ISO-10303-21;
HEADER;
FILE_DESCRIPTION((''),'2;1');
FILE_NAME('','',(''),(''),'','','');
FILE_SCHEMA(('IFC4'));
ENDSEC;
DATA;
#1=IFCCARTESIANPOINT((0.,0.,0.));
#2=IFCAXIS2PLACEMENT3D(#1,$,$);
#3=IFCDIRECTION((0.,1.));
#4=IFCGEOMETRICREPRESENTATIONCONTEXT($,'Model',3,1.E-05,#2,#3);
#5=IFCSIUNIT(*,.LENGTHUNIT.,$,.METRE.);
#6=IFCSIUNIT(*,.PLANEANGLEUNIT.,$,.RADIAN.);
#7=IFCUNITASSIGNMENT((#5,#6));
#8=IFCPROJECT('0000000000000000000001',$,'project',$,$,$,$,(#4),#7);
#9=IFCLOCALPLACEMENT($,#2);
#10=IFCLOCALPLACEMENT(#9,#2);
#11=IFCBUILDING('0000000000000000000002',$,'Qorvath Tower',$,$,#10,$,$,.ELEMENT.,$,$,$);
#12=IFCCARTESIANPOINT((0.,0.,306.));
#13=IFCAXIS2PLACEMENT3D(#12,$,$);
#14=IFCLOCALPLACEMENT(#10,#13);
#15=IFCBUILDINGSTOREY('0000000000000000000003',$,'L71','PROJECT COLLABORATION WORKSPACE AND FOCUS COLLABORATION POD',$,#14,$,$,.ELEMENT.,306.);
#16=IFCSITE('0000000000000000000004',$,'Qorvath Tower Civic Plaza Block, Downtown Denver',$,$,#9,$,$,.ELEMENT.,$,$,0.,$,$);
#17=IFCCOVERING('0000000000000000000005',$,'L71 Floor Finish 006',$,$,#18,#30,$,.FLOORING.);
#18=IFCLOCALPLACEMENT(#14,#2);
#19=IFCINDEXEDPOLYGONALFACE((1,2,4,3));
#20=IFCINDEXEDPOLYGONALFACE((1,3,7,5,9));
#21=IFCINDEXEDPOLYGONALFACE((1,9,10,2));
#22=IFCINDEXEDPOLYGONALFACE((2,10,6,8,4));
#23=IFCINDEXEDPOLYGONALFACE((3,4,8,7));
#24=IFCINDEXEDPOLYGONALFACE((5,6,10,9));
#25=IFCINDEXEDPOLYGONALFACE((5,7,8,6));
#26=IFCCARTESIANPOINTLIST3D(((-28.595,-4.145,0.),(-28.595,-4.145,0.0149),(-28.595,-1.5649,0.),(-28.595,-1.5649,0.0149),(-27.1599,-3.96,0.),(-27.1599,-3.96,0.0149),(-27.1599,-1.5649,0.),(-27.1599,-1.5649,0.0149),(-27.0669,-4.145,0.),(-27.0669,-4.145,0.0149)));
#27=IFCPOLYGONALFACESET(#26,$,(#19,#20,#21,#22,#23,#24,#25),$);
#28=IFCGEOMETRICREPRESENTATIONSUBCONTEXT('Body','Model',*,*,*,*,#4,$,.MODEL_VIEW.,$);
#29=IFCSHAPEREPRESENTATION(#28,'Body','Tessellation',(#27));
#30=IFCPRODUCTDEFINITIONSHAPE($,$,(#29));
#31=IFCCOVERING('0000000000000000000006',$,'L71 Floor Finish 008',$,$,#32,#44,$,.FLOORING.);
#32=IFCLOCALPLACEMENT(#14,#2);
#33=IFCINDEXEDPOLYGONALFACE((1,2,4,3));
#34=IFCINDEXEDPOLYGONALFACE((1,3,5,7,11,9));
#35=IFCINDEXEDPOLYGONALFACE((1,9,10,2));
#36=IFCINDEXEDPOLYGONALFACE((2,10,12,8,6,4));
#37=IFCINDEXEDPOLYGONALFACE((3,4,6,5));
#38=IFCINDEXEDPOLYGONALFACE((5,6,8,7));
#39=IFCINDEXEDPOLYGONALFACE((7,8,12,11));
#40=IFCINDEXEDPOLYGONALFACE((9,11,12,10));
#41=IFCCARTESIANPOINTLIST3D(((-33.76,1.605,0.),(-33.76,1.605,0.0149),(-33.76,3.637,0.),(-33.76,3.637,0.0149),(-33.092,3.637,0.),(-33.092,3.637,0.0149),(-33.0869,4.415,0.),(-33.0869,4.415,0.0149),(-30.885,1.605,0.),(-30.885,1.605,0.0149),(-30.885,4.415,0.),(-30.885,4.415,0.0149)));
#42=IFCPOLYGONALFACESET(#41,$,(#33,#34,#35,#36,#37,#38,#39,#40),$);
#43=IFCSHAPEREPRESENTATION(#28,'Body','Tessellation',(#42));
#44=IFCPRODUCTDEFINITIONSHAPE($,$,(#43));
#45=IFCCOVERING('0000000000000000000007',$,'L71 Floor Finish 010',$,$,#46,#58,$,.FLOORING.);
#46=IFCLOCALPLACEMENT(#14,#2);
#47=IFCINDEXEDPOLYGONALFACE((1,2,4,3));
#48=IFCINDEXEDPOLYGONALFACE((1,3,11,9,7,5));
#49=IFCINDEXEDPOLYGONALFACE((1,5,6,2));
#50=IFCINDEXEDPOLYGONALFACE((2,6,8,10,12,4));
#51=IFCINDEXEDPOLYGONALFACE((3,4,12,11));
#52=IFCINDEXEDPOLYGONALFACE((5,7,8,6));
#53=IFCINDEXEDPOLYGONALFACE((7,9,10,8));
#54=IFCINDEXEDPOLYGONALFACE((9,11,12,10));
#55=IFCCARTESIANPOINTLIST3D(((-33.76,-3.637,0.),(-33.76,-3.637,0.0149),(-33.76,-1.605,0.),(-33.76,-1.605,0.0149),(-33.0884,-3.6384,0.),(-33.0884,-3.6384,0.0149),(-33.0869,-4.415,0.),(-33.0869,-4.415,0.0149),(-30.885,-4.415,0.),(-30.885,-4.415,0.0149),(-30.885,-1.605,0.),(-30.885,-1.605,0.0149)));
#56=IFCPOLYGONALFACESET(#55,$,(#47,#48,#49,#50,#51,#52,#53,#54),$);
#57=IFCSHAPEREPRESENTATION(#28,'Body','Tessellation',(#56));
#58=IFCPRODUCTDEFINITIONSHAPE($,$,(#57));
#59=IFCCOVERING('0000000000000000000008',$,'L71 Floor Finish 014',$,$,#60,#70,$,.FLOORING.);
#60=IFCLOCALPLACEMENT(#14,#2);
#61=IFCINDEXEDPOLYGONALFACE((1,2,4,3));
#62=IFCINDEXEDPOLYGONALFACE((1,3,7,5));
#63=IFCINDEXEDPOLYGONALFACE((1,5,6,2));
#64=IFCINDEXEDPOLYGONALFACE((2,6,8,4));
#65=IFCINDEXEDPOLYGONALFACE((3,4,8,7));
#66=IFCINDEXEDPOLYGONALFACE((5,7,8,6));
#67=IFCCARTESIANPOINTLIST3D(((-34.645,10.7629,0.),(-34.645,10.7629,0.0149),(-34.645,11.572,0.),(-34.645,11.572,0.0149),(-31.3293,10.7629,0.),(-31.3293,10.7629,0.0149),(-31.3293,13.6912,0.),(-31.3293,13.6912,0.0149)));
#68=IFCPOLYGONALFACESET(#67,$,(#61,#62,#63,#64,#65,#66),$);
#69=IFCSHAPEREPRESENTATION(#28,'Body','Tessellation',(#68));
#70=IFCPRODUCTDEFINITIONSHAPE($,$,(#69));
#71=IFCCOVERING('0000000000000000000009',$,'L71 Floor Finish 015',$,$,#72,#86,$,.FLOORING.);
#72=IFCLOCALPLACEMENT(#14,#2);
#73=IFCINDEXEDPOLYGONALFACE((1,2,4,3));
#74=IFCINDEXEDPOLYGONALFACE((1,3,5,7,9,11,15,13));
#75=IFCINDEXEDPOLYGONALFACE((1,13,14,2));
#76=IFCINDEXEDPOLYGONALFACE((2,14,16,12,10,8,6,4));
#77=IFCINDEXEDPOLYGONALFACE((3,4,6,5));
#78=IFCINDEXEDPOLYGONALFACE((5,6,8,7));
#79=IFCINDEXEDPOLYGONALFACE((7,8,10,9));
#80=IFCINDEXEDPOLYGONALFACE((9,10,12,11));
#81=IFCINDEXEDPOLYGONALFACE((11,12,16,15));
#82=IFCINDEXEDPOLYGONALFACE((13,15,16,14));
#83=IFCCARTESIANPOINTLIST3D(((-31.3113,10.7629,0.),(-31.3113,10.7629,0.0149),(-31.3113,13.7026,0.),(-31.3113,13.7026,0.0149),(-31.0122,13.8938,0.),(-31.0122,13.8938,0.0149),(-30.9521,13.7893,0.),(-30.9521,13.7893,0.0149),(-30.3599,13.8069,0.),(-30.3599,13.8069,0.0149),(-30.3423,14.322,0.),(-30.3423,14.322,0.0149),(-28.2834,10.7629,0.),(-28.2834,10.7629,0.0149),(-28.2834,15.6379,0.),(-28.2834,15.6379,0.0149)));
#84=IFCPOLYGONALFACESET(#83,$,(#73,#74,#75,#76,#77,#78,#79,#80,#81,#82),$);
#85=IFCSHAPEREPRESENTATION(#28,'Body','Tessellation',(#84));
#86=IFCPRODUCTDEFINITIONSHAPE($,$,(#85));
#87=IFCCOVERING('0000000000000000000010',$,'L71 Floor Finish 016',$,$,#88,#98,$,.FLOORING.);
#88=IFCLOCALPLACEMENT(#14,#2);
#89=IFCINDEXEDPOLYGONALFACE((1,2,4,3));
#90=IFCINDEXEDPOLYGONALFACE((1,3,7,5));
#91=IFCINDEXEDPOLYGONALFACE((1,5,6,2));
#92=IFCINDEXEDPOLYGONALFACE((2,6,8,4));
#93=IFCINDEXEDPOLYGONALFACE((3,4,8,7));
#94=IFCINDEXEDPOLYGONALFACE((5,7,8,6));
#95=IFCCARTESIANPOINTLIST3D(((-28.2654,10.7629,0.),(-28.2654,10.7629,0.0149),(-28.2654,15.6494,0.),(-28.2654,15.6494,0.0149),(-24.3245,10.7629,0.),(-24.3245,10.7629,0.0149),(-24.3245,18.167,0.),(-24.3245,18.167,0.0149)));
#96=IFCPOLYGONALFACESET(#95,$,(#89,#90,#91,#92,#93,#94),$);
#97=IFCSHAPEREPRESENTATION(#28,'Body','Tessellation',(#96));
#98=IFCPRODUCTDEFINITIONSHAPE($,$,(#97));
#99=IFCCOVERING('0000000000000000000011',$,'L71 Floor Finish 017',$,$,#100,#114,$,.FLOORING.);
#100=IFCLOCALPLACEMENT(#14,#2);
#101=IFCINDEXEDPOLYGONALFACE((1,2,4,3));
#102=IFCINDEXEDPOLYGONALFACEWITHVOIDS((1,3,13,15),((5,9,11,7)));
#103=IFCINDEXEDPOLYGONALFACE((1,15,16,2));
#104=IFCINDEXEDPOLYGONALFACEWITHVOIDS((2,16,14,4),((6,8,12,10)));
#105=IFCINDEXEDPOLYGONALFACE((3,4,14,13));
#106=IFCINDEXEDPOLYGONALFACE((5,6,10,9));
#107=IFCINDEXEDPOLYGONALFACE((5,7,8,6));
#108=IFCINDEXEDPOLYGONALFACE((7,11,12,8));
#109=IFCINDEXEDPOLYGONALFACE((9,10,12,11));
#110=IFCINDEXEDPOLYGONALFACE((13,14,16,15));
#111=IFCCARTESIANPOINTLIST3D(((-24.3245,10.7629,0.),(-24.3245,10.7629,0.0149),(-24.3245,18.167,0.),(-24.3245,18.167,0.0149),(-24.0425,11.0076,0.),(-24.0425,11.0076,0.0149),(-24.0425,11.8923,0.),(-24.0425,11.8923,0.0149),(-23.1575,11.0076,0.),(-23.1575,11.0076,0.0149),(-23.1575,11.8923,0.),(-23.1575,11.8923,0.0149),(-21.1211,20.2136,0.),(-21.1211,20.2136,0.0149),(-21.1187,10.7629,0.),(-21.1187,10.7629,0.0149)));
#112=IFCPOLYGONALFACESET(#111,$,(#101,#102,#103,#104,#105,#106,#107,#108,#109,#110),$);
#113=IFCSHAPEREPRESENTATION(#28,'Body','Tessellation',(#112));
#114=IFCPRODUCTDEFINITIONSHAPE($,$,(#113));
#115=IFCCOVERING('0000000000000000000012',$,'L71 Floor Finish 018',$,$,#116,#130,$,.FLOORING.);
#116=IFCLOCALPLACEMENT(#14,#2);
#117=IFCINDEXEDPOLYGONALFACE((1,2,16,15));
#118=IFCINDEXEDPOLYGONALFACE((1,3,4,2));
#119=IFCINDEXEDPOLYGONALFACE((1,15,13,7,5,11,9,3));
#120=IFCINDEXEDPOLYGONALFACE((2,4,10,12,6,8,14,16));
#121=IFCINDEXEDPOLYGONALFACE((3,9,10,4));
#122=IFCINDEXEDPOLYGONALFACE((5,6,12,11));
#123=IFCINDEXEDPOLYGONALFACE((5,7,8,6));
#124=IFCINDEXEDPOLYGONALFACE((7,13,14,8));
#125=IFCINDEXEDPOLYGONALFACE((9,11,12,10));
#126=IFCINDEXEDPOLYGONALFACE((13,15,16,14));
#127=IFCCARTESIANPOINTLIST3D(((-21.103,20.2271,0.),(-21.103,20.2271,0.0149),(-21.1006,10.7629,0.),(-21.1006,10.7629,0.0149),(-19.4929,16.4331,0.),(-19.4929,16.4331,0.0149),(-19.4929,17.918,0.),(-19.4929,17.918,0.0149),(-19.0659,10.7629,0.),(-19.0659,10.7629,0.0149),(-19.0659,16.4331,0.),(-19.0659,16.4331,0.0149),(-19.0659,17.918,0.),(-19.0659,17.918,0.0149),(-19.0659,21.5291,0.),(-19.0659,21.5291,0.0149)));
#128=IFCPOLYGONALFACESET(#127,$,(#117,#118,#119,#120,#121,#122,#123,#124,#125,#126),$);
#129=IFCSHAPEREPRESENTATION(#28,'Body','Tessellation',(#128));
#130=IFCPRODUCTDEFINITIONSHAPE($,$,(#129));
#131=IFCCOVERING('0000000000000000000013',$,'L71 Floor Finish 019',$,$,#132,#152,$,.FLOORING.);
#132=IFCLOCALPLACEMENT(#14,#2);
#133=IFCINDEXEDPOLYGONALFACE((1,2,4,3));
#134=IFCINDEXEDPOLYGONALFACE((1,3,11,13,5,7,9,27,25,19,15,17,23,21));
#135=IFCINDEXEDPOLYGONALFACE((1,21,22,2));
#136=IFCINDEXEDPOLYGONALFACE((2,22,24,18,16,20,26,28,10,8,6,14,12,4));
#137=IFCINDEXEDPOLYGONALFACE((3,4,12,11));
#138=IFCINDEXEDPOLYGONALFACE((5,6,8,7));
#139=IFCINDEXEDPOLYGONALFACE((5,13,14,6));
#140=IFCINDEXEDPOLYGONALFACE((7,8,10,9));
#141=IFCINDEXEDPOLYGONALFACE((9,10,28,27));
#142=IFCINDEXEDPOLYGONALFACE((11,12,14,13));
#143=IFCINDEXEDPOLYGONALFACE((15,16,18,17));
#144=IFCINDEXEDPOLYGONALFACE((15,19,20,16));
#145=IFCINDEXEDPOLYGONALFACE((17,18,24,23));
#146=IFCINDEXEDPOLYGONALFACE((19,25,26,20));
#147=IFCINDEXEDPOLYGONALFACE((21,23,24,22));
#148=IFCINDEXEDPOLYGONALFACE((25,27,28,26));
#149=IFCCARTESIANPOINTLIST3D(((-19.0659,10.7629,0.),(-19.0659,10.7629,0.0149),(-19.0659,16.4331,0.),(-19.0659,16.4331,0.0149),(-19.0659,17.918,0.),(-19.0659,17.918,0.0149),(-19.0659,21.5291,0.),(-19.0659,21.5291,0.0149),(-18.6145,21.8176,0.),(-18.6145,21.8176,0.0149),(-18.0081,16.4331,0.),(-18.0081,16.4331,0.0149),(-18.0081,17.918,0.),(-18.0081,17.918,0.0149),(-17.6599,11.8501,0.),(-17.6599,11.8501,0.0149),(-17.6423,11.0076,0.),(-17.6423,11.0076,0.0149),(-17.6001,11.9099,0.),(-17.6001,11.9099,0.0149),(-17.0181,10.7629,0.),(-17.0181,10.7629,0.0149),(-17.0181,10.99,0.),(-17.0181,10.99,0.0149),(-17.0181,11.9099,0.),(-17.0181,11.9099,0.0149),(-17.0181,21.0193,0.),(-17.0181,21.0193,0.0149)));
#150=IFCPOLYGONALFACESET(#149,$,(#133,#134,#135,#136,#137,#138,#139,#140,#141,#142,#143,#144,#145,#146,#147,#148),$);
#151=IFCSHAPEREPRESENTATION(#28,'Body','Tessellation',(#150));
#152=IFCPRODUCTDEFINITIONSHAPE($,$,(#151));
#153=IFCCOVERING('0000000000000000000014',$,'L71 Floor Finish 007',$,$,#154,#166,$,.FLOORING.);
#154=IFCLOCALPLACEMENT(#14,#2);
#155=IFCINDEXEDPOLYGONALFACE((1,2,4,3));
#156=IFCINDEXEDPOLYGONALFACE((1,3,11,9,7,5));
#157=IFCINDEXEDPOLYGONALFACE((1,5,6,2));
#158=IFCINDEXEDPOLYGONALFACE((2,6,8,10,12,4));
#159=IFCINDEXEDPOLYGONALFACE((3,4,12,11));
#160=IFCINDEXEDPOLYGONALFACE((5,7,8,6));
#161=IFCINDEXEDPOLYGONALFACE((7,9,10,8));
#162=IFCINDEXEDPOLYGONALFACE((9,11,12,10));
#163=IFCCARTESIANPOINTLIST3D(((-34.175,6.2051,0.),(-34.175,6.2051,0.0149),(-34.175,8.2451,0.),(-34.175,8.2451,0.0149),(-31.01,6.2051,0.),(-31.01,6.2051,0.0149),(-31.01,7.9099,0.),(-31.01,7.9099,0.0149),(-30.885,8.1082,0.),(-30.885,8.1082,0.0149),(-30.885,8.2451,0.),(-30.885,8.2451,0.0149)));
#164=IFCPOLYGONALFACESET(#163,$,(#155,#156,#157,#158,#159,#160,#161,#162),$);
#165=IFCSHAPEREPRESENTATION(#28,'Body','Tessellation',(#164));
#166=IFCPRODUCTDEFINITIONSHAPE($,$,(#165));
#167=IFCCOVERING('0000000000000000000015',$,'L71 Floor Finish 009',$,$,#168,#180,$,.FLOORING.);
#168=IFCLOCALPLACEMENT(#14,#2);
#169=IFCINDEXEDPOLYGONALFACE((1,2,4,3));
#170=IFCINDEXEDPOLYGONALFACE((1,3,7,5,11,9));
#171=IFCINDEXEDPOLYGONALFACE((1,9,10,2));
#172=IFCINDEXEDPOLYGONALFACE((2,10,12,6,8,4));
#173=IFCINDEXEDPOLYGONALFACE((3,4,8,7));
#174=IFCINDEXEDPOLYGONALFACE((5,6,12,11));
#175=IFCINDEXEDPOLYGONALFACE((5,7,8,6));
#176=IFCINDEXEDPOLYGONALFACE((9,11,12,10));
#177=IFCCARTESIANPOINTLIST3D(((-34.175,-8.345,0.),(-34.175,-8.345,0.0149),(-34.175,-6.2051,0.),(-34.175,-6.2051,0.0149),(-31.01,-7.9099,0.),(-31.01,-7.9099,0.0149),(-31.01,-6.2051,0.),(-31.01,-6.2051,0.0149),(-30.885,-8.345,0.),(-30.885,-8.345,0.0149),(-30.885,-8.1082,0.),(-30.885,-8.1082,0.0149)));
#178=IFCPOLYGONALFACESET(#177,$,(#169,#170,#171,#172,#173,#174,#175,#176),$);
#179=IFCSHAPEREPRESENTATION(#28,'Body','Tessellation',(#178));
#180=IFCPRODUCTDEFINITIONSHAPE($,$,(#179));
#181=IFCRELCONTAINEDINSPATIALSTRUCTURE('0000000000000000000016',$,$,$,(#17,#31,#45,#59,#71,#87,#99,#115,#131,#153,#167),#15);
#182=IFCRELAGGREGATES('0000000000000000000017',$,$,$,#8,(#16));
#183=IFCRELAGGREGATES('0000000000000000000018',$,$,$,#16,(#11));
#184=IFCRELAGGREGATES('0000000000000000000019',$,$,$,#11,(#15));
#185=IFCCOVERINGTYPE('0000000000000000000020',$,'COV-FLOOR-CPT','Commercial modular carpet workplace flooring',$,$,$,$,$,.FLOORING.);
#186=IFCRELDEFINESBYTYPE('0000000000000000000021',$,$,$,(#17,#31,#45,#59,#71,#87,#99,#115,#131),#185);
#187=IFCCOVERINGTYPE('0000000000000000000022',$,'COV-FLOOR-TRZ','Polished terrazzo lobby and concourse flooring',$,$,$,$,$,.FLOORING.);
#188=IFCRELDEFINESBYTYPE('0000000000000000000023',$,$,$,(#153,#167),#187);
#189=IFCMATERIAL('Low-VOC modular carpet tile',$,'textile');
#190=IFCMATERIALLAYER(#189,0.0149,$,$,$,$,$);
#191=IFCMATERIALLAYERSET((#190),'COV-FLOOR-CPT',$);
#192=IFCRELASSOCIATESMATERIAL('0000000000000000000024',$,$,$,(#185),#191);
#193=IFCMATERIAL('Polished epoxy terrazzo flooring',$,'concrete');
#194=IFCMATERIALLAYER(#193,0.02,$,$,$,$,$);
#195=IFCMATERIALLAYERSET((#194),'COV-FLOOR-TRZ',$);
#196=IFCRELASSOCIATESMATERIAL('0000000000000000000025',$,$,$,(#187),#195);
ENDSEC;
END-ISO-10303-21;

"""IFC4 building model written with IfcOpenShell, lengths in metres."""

from ifc_helpers import new_model, si_unit, direction, frame, origin, place, context, subcontext, project, spatial, polyline, outline, extrude, material, layer, layer_set, type_object, element, save


model = new_model("IFC4")

# Units and contexts
model_context = context("Model", 3, precision=1e-05, world=origin(), true_north=direction((0.0, 1.0)))
body_context = subcontext(model_context, "Body", "Model", "MODEL_VIEW")
ifc_project = project(units=[si_unit("LENGTHUNIT", "METRE"), si_unit("PLANEANGLEUNIT", "RADIAN")], contexts=[model_context])

# Site, building, storey
site_placement = place(None, origin())
site = spatial("IfcSite", under=ifc_project, at=site_placement, Name="Qorvath Tower Civic Plaza Block, Downtown Denver", CompositionType="ELEMENT", RefElevation=0.0)
building_placement = place(site_placement, origin())
building = spatial("IfcBuilding", under=site, at=building_placement, Name="Qorvath Tower", CompositionType="ELEMENT")
storey_placement = place(building_placement, frame((0.0, 0.0, 306.0)))
storey = spatial("IfcBuildingStorey", under=building, at=storey_placement, Name="L71", Description="PROJECT COLLABORATION WORKSPACE AND FOCUS COLLABORATION POD", CompositionType="ELEMENT", Elevation=306.0)

# Coverings
ifc_material_1 = material(Name="Low-VOC modular carpet tile", Category="textile")
ifc_layer_1 = layer(ifc_material_1, 0.0149)
ifc_layer_set_1 = layer_set([ifc_layer_1], Name="COV-FLOOR-CPT")
covering_type_1 = type_object("IfcCoveringType", Name="COV-FLOOR-CPT", Description="Commercial modular carpet workplace flooring", PredefinedType="FLOORING", material=ifc_layer_set_1)
covering_1_placement = place(storey_placement, origin())
element("IfcCovering", 1, at=covering_1_placement, inside=storey, type_object=covering_type_1, Name="L71 Floor Finish 006", PredefinedType="FLOORING", context=body_context, shape_type="SweptSolid", body=[
    extrude(outline(polyline([(-27.0669, -4.145), (-27.1599, -3.96), (-27.1599, -1.5649), (-28.595, -1.5649), (-28.595, -4.145), (-27.0669, -4.145)])), origin(), (0.0, 0.0, 1.0), 0.0149),
])
covering_2_placement = place(storey_placement, origin())
element("IfcCovering", 2, at=covering_2_placement, inside=storey, type_object=covering_type_1, Name="L71 Floor Finish 008", PredefinedType="FLOORING", context=body_context, shape_type="SweptSolid", body=[
    extrude(outline(polyline([(-33.76, 3.637), (-33.76, 1.605), (-30.885, 1.605), (-30.885, 4.415), (-33.0869, 4.415), (-33.092, 3.637), (-33.76, 3.637)])), origin(), (0.0, 0.0, 1.0), 0.0149),
])
covering_3_placement = place(storey_placement, origin())
element("IfcCovering", 3, at=covering_3_placement, inside=storey, type_object=covering_type_1, Name="L71 Floor Finish 010", PredefinedType="FLOORING", context=body_context, shape_type="SweptSolid", body=[
    extrude(outline(polyline([(-30.885, -4.415), (-30.885, -1.605), (-33.76, -1.605), (-33.76, -3.637), (-33.0884, -3.6384), (-33.0869, -4.415), (-30.885, -4.415)])), origin(), (0.0, 0.0, 1.0), 0.0149),
])
covering_4_placement = place(storey_placement, origin())
element("IfcCovering", 4, at=covering_4_placement, inside=storey, type_object=covering_type_1, Name="L71 Floor Finish 014", PredefinedType="FLOORING", context=body_context, shape_type="SweptSolid", body=[
    extrude(outline(polyline([(-31.3293, 13.6912), (-34.645, 11.572), (-34.645, 10.7629), (-31.3293, 10.7629), (-31.3293, 13.6912)])), origin(), (0.0, 0.0, 1.0), 0.0149),
])
covering_5_placement = place(storey_placement, origin())
element("IfcCovering", 5, at=covering_5_placement, inside=storey, type_object=covering_type_1, Name="L71 Floor Finish 015", PredefinedType="FLOORING", context=body_context, shape_type="SweptSolid", body=[
    extrude(outline(polyline([(-28.2834, 15.6379), (-30.3423, 14.322), (-30.3599, 13.8069), (-30.9521, 13.7893), (-31.0122, 13.8938), (-31.3113, 13.7026), (-31.3113, 10.7629), (-28.2834, 10.7629), (-28.2834, 15.6379)])), origin(), (0.0, 0.0, 1.0), 0.0149),
])
covering_6_placement = place(storey_placement, origin())
element("IfcCovering", 6, at=covering_6_placement, inside=storey, type_object=covering_type_1, Name="L71 Floor Finish 016", PredefinedType="FLOORING", context=body_context, shape_type="SweptSolid", body=[
    extrude(outline(polyline([(-24.3245, 10.7629), (-24.3245, 18.167), (-28.2654, 15.6494), (-28.2654, 10.7629), (-24.3245, 10.7629)])), origin(), (0.0, 0.0, 1.0), 0.0149),
])
covering_7_placement = place(storey_placement, origin())
element("IfcCovering", 7, at=covering_7_placement, inside=storey, type_object=covering_type_1, Name="L71 Floor Finish 017", PredefinedType="FLOORING", context=body_context, shape_type="SweptSolid", body=[
    extrude(outline(polyline([(-21.1187, 10.7629), (-21.1211, 20.2136), (-24.3245, 18.167), (-24.3245, 10.7629), (-21.1187, 10.7629)]), holes=[polyline([(-24.0425, 11.0076), (-24.0425, 11.8923), (-23.1575, 11.8923), (-23.1575, 11.0076), (-24.0425, 11.0076)])]), origin(), (0.0, 0.0, 1.0), 0.0149),
])
covering_8_placement = place(storey_placement, origin())
element("IfcCovering", 8, at=covering_8_placement, inside=storey, type_object=covering_type_1, Name="L71 Floor Finish 018", PredefinedType="FLOORING", context=body_context, shape_type="SweptSolid", body=[
    extrude(outline(polyline([(-19.0659, 10.7629), (-19.0659, 16.4331), (-19.4929, 16.4331), (-19.4929, 17.918), (-19.0659, 17.918), (-19.0659, 21.5291), (-21.103, 20.2271), (-21.1006, 10.7629), (-19.0659, 10.7629)])), origin(), (0.0, 0.0, 1.0), 0.0149),
])
covering_9_placement = place(storey_placement, origin())
element("IfcCovering", 9, at=covering_9_placement, inside=storey, type_object=covering_type_1, Name="L71 Floor Finish 019", PredefinedType="FLOORING", context=body_context, shape_type="SweptSolid", body=[
    extrude(outline(polyline([(-17.6001, 11.9099), (-17.0181, 11.9099), (-17.0181, 21.0193), (-18.6145, 21.8176), (-19.0659, 21.5291), (-19.0659, 17.918), (-18.0081, 17.918), (-18.0081, 16.4331), (-19.0659, 16.4331), (-19.0659, 10.7629), (-17.0181, 10.7629), (-17.0181, 10.99), (-17.6423, 11.0076), (-17.6599, 11.8501), (-17.6001, 11.9099)])), origin(), (0.0, 0.0, 1.0), 0.0149),
])
ifc_material_2 = material(Name="Polished epoxy terrazzo flooring", Category="concrete")
ifc_layer_2 = layer(ifc_material_2, 0.02)
ifc_layer_set_2 = layer_set([ifc_layer_2], Name="COV-FLOOR-TRZ")
covering_type_2 = type_object("IfcCoveringType", Name="COV-FLOOR-TRZ", Description="Polished terrazzo lobby and concourse flooring", PredefinedType="FLOORING", material=ifc_layer_set_2)
covering_10_placement = place(storey_placement, origin())
element("IfcCovering", 10, at=covering_10_placement, inside=storey, type_object=covering_type_2, Name="L71 Floor Finish 007", PredefinedType="FLOORING", context=body_context, shape_type="SweptSolid", body=[
    extrude(outline(polyline([(-31.01, 6.2051), (-31.01, 7.9099), (-30.885, 8.1082), (-30.885, 8.2451), (-34.175, 8.2451), (-34.175, 6.2051), (-31.01, 6.2051)])), origin(), (0.0, 0.0, 1.0), 0.0149),
])
covering_11_placement = place(storey_placement, origin())
element("IfcCovering", 11, at=covering_11_placement, inside=storey, type_object=covering_type_2, Name="L71 Floor Finish 009", PredefinedType="FLOORING", context=body_context, shape_type="SweptSolid", body=[
    extrude(outline(polyline([(-30.885, -8.345), (-30.885, -8.1082), (-31.01, -7.9099), (-31.01, -6.2051), (-34.175, -6.2051), (-34.175, -8.345), (-30.885, -8.345)])), origin(), (0.0, 0.0, 1.0), 0.0149),
])

save(model, "model.ifc")
